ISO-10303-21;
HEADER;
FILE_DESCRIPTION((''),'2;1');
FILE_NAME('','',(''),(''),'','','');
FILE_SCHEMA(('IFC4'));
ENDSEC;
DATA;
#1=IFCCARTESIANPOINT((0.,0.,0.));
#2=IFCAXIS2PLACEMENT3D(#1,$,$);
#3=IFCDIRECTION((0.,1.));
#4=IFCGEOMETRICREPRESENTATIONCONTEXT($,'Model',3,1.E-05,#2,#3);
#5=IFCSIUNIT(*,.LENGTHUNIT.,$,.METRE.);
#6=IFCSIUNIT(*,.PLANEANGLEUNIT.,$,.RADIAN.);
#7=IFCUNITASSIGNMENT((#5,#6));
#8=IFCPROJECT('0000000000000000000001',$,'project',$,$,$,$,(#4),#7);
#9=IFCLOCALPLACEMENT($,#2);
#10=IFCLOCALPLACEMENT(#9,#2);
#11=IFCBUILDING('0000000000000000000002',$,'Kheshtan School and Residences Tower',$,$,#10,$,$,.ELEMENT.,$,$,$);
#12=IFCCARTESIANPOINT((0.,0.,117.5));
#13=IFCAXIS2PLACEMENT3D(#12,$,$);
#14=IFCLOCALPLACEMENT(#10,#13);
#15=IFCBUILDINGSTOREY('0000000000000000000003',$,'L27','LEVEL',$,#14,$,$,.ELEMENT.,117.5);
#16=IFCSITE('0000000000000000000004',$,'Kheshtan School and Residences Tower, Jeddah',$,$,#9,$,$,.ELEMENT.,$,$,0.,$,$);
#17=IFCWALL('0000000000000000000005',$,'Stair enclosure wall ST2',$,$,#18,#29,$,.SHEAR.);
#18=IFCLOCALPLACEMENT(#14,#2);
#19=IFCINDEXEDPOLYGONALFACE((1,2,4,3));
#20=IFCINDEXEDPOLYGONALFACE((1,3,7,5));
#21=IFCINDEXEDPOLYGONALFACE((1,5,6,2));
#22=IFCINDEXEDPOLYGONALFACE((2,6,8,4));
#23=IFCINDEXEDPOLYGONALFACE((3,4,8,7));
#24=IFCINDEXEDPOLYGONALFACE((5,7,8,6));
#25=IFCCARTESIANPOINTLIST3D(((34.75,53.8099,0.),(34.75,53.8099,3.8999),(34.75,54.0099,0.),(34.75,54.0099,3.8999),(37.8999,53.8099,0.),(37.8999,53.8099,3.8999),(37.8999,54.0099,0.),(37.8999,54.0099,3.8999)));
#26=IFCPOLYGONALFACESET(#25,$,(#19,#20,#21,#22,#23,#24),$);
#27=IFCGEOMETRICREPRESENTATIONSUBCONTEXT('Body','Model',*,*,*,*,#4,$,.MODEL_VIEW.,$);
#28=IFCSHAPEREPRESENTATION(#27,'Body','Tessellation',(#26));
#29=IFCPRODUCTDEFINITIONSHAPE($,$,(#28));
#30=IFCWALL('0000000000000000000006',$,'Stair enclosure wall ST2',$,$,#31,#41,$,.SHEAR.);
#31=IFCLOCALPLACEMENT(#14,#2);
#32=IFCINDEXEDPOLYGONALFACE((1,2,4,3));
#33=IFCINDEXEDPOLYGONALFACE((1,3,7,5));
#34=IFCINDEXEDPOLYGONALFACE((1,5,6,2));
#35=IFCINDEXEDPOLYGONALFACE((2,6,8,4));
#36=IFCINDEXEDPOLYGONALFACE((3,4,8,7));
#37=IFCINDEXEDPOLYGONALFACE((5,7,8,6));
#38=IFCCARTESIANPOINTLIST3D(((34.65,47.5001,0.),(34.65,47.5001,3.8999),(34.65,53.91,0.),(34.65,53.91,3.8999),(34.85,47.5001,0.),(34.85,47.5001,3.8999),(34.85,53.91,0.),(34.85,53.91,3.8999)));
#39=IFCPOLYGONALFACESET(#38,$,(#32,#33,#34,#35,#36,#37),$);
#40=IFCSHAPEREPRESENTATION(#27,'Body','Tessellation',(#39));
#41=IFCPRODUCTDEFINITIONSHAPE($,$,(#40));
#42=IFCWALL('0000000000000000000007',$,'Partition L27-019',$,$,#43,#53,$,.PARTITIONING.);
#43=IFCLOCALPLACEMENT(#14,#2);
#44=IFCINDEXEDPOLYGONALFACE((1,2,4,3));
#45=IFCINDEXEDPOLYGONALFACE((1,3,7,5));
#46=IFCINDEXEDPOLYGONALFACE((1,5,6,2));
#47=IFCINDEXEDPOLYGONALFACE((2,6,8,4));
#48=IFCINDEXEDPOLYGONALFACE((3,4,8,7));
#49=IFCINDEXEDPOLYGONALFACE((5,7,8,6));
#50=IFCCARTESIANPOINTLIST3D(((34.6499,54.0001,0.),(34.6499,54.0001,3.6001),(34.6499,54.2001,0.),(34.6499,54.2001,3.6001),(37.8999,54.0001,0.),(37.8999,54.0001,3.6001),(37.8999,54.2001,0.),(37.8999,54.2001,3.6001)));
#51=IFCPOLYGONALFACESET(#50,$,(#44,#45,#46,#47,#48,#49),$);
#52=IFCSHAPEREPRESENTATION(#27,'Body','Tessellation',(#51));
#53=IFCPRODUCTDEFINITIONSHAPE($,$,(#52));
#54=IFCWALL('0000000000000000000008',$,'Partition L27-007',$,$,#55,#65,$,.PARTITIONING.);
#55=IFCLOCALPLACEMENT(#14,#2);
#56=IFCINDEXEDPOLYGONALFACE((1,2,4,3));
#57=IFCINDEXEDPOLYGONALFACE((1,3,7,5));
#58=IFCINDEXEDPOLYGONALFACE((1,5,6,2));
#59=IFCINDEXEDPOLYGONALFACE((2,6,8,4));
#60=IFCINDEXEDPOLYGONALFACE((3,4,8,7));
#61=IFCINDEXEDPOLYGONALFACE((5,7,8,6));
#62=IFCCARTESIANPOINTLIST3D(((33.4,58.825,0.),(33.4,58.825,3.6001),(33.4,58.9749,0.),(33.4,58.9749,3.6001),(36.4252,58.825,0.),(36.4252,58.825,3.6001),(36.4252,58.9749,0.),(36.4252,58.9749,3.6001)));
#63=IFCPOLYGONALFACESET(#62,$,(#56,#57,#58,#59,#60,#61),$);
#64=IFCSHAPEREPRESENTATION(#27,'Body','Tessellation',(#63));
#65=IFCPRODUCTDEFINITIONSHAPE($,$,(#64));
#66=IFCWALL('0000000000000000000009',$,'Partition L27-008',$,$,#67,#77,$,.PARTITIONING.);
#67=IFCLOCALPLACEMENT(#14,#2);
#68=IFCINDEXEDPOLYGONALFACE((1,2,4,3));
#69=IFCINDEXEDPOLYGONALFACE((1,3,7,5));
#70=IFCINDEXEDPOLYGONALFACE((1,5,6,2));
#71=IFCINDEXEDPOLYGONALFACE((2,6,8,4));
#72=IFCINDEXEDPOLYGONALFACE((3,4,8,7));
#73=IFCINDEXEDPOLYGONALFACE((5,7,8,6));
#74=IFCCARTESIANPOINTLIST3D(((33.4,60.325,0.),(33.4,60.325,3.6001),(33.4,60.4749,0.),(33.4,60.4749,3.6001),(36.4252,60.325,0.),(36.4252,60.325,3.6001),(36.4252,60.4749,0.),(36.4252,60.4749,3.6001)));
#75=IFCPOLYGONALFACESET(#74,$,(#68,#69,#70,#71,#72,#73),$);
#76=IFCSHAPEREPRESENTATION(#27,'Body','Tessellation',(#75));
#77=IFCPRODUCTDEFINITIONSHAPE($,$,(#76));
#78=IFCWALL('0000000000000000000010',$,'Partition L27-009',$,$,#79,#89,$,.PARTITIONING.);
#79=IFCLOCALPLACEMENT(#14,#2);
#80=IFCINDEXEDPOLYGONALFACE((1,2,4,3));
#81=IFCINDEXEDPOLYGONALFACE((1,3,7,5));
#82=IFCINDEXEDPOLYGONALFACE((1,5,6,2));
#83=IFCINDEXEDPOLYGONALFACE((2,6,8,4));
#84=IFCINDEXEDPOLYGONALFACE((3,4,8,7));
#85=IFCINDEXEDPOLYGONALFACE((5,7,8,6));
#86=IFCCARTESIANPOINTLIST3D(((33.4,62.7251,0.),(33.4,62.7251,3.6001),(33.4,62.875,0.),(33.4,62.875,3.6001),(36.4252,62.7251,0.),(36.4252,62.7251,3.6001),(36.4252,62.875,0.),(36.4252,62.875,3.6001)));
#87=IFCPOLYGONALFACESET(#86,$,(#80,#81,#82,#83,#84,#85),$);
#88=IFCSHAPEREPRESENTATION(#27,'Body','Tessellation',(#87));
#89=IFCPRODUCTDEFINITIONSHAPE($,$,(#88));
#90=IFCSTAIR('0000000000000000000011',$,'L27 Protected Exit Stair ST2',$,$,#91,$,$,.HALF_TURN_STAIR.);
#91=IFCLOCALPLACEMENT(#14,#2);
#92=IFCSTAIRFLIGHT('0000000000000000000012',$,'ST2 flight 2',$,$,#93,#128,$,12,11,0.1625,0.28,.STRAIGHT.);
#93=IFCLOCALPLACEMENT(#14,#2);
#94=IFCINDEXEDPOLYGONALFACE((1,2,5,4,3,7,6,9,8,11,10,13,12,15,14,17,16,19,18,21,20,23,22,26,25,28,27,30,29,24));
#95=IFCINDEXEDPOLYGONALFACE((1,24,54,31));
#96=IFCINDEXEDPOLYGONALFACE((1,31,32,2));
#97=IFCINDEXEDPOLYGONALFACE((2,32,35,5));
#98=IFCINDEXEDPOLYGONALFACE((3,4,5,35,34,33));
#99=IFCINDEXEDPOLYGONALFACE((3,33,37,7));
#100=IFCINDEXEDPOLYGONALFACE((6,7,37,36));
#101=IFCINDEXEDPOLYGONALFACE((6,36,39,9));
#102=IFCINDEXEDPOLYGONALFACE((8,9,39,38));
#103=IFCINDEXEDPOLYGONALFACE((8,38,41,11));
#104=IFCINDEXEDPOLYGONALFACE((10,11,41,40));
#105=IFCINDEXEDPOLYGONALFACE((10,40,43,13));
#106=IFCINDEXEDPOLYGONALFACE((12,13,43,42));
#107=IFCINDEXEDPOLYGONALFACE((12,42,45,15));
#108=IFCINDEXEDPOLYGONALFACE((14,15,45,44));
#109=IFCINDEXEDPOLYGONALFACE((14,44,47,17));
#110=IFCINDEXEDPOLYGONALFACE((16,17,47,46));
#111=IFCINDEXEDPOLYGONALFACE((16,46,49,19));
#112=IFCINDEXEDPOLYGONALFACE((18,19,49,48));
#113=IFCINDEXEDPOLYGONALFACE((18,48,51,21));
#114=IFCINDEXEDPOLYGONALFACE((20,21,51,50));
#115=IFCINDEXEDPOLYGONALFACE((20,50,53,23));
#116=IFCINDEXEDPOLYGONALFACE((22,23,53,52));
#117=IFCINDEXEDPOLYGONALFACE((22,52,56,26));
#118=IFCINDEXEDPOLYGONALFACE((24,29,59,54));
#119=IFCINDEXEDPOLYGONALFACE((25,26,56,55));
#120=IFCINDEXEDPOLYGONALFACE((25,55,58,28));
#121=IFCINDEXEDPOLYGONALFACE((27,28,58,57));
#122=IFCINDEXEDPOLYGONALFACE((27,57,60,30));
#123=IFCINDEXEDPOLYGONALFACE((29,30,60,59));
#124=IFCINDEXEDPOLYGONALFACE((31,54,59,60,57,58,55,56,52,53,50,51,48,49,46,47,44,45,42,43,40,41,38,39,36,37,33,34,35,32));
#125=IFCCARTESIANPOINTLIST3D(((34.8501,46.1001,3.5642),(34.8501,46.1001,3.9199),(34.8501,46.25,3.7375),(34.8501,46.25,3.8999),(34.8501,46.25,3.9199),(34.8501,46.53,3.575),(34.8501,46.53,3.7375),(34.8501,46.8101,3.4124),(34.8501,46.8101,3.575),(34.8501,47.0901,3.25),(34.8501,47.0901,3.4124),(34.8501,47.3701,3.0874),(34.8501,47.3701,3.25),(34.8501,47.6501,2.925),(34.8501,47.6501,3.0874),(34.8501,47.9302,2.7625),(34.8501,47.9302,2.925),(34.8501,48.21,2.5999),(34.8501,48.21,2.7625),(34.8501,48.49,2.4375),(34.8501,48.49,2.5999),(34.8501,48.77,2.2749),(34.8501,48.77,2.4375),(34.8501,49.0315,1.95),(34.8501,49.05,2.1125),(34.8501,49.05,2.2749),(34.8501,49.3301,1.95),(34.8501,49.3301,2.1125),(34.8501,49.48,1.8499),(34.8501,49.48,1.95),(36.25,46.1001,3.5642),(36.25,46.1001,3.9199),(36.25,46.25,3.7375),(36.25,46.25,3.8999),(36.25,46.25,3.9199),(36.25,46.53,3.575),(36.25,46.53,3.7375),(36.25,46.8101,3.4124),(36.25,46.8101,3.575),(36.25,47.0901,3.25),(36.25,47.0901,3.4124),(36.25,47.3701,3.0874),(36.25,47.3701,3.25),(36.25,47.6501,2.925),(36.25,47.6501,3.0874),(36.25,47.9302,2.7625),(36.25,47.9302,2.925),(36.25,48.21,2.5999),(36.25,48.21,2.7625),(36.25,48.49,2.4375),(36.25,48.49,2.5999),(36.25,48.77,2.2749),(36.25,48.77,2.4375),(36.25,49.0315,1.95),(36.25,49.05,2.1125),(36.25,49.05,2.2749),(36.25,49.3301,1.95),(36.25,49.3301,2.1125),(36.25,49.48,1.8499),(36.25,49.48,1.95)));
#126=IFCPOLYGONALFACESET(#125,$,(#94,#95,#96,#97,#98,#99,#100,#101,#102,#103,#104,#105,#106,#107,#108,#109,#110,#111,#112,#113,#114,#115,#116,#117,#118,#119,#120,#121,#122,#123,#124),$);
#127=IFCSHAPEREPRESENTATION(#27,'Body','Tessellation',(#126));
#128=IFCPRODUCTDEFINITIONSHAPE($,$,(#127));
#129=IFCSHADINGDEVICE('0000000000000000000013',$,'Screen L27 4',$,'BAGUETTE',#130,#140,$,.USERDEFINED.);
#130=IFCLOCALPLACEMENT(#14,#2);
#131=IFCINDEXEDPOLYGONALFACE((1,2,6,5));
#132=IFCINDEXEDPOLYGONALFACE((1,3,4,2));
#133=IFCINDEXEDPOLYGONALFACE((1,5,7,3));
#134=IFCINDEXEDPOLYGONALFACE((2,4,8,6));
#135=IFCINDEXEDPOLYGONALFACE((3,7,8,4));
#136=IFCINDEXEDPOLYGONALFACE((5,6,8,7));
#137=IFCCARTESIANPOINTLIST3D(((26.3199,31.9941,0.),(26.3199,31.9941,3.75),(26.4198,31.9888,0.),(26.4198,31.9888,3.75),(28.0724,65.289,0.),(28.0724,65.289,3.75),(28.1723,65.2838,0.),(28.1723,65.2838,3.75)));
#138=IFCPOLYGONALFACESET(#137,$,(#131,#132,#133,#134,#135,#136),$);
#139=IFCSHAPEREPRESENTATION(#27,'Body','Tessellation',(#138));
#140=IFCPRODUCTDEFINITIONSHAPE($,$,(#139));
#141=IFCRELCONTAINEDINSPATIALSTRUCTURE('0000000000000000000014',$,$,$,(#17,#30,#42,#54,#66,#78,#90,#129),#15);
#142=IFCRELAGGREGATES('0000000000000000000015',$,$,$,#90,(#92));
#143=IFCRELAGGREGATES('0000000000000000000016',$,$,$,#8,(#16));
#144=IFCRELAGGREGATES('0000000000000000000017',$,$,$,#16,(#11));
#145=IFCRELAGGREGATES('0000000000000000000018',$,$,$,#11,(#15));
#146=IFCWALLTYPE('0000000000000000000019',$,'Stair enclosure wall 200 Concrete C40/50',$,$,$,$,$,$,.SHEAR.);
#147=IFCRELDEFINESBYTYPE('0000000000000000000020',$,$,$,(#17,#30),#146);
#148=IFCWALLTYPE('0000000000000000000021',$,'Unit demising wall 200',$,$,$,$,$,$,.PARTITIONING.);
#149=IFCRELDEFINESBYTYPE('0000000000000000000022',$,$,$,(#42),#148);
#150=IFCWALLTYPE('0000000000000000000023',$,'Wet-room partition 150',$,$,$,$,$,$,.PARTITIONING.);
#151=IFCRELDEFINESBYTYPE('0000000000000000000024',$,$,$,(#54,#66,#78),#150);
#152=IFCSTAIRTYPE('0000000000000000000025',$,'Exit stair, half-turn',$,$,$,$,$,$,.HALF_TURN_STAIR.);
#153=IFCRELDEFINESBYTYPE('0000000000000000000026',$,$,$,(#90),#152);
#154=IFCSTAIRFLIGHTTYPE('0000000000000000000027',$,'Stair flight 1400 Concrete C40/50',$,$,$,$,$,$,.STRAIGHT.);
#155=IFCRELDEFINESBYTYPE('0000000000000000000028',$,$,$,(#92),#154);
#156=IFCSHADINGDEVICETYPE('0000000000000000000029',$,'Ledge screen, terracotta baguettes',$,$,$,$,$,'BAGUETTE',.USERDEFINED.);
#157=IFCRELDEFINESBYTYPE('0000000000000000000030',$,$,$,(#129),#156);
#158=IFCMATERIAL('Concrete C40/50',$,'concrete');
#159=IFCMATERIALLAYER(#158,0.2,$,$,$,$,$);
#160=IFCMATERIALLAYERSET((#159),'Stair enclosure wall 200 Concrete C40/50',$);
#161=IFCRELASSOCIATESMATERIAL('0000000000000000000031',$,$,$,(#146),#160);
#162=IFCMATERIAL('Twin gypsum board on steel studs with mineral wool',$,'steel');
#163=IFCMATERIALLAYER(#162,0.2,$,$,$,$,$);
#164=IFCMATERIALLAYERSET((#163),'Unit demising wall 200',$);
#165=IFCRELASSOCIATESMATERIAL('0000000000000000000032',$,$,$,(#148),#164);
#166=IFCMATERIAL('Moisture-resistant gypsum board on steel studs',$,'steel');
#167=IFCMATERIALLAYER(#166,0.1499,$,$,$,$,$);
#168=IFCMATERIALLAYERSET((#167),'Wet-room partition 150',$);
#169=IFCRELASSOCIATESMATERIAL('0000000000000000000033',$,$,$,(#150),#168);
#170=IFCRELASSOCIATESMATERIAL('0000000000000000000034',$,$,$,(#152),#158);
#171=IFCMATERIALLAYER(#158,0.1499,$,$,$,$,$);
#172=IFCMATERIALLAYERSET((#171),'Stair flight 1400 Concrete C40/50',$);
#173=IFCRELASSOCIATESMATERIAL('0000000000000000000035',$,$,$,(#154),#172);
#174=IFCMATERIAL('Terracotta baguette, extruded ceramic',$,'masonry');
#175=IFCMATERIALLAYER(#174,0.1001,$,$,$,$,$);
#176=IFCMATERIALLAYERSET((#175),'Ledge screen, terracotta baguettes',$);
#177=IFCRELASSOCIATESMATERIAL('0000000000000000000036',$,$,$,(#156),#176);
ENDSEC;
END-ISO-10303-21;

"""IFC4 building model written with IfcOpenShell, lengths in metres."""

from ifc_helpers import new_model, si_unit, direction, frame, frame_2d, origin, origin_2d, place, context, subcontext, project, spatial, polyline, rectangle, outline, extrude, material, layer, layer_set, type_object, element, aggregate, save


model = new_model("IFC4")

# Units and contexts
model_context = context("Model", 3, precision=1e-05, world=origin(), true_north=direction((0.0, 1.0)))
body_context = subcontext(model_context, "Body", "Model", "MODEL_VIEW")
ifc_project = project(units=[si_unit("LENGTHUNIT", "METRE"), si_unit("PLANEANGLEUNIT", "RADIAN")], contexts=[model_context])

# Site, building, storey
site_placement = place(None, origin())
site = spatial("IfcSite", under=ifc_project, at=site_placement, Name="Kheshtan School and Residences Tower, Jeddah", CompositionType="ELEMENT", RefElevation=0.0)
building_placement = place(site_placement, origin())
building = spatial("IfcBuilding", under=site, at=building_placement, Name="Kheshtan School and Residences Tower", CompositionType="ELEMENT")
storey_placement = place(building_placement, frame((0.0, 0.0, 117.5)))
storey = spatial("IfcBuildingStorey", under=building, at=storey_placement, Name="L27", Description="LEVEL", CompositionType="ELEMENT", Elevation=117.5)

# Walls
ifc_material_1 = material(Name="Concrete C40/50", Category="concrete")
ifc_layer_1 = layer(ifc_material_1, 0.2)
ifc_layer_set_1 = layer_set([ifc_layer_1], Name="Stair enclosure wall 200 Concrete C40/50")
wall_type_1 = type_object("IfcWallType", Name="Stair enclosure wall 200 Concrete C40/50", PredefinedType="SHEAR", material=ifc_layer_set_1)
wall_1_placement = place(storey_placement, frame((34.75, 53.9099, 0.0), z_axis=(0.0, 0.0, 1.0), x_axis=(1.0, 0.0, 0.0)))
element("IfcWall", 1, at=wall_1_placement, inside=storey, type_object=wall_type_1, Name="Stair enclosure wall ST2", PredefinedType="SHEAR", context=body_context, shape_type="SweptSolid", body=[
    extrude(rectangle(XDim=3.1499, YDim=0.2, at=frame_2d((1.575, 0.0))), origin(), (0.0, 0.0, 1.0), 3.8999),
])
wall_2_placement = place(storey_placement, frame((34.75, 47.5, 0.0), z_axis=(0.0, 0.0, 1.0), x_axis=(0.0, 1.0, 0.0)))
element("IfcWall", 2, at=wall_2_placement, inside=storey, type_object=wall_type_1, Name="Stair enclosure wall ST2", PredefinedType="SHEAR", context=body_context, shape_type="SweptSolid", body=[
    extrude(rectangle(XDim=6.4099, YDim=0.2, at=frame_2d((3.2051, 0.0))), origin(), (0.0, 0.0, 1.0), 3.8999),
])
ifc_material_2 = material(Name="Twin gypsum board on steel studs with mineral wool", Category="steel")
ifc_layer_2 = layer(ifc_material_2, 0.2)
ifc_layer_set_2 = layer_set([ifc_layer_2], Name="Unit demising wall 200")
wall_type_2 = type_object("IfcWallType", Name="Unit demising wall 200", PredefinedType="PARTITIONING", material=ifc_layer_set_2)
wall_3_placement = place(storey_placement, frame((34.6499, 54.1001, 0.0), z_axis=(0.0, 0.0, 1.0), x_axis=(1.0, 0.0, 0.0)))
element("IfcWall", 3, at=wall_3_placement, inside=storey, type_object=wall_type_2, Name="Partition L27-019", PredefinedType="PARTITIONING", context=body_context, shape_type="SweptSolid", body=[
    extrude(rectangle(XDim=3.25, YDim=0.2, at=frame_2d((1.625, 0.0))), origin(), (0.0, 0.0, 1.0), 3.6001),
])
ifc_material_3 = material(Name="Moisture-resistant gypsum board on steel studs", Category="steel")
ifc_layer_3 = layer(ifc_material_3, 0.1499)
ifc_layer_set_3 = layer_set([ifc_layer_3], Name="Wet-room partition 150")
wall_type_3 = type_object("IfcWallType", Name="Wet-room partition 150", PredefinedType="PARTITIONING", material=ifc_layer_set_3)
for number, where, z_axis, x_axis, name in (
    (4, (33.3999, 58.8999, 0.0), (0.0, 0.0, 1.0), (1.0, 0.0, 0.0), "Partition L27-007"),
    (5, (33.3999, 60.3999, 0.0), (0.0, 0.0, 1.0), (1.0, 0.0, 0.0), "Partition L27-008"),
    (6, (33.3999, 62.8, 0.0), (0.0, 0.0, 1.0), (1.0, 0.0, 0.0), "Partition L27-009"),
):
    element("IfcWall", number, at=place(storey_placement, frame(where, z_axis=z_axis, x_axis=x_axis)), inside=storey, type_object=wall_type_3, Name=name, PredefinedType="PARTITIONING", context=body_context, shape_type="SweptSolid", body=[
        extrude(rectangle(XDim=3.0251, YDim=0.1499, at=frame_2d((1.5127, 0.0))), origin(), (0.0, 0.0, 1.0), 3.6001),
    ])

# Stair, stair flight
stair_type = type_object("IfcStairType", Name="Exit stair, half-turn", PredefinedType="HALF_TURN_STAIR", material=ifc_material_1)
stair_placement = place(storey_placement, origin())
stair = element("IfcStair", 7, at=stair_placement, inside=storey, type_object=stair_type, Name="L27 Protected Exit Stair ST2", PredefinedType="HALF_TURN_STAIR")
ifc_layer_4 = layer(ifc_material_1, 0.1499)
ifc_layer_set_4 = layer_set([ifc_layer_4], Name="Stair flight 1400 Concrete C40/50")
stair_flight_type = type_object("IfcStairFlightType", Name="Stair flight 1400 Concrete C40/50", PredefinedType="STRAIGHT", material=ifc_layer_set_4)
stair_flight_placement = place(storey_placement, frame((35.55, 49.3301, 1.95), z_axis=(0.0, 0.0, 1.0), x_axis=(0.0, -1.0, 0.0)))
stair_flight = element("IfcStairFlight", 8, at=stair_flight_placement, type_object=stair_flight_type, Name="ST2 flight 2", NumberOfRisers=12, NumberOfTreads=11, PredefinedType="STRAIGHT", RiserHeight=0.1625, TreadLength=0.28, context=body_context, shape_type="SweptSolid", body=[
    extrude(outline(polyline([(-0.1499, -0.1001), (-0.1499, 0.0), (0.0, 0.0), (0.0, 0.1626), (0.28, 0.1626), (0.28, 0.325), (0.5601, 0.325), (0.5601, 0.4875), (0.8401, 0.4875), (0.8401, 0.6499), (1.1201, 0.6499), (1.1201, 0.8125), (1.3999, 0.8125), (1.3999, 0.9751), (1.6799, 0.9751), (1.6799, 1.1375), (1.96, 1.1375), (1.96, 1.3), (2.24, 1.3), (2.24, 1.4624), (2.52, 1.4624), (2.52, 1.625), (2.8, 1.625), (2.8, 1.7876), (3.0801, 1.7876), (3.0801, 1.95), (3.0801, 1.97), (3.23, 1.97), (3.23, 1.6143), (0.2986, 0.0), (-0.1499, -0.1001)])), frame((0.0, 0.7, 0.0), z_axis=(0.0, -1.0, 0.0), x_axis=(1.0, 0.0, 0.0)), (0.0, 0.0, 1.0), 1.3999),
])
aggregate(stair, [stair_flight])

# Shading device
ifc_material_4 = material(Name="Terracotta baguette, extruded ceramic", Category="masonry")
ifc_layer_5 = layer(ifc_material_4, 0.1001)
ifc_layer_set_5 = layer_set([ifc_layer_5], Name="Ledge screen, terracotta baguettes")
shading_device_type = type_object("IfcShadingDeviceType", Name="Ledge screen, terracotta baguettes", ElementType="BAGUETTE", PredefinedType="USERDEFINED", material=ifc_layer_set_5)
shading_device_placement = place(storey_placement, frame((27.2461, 48.6389, 0.0), z_axis=(0.0, 0.0, 1.0), x_axis=(0.052563, 0.998618, 0.0)))
element("IfcShadingDevice", 9, at=shading_device_placement, inside=storey, type_object=shading_device_type, Name="Screen L27 4", ObjectType="BAGUETTE", PredefinedType="USERDEFINED", context=body_context, shape_type="SweptSolid", body=[
    extrude(rectangle(XDim=33.3411, YDim=0.1001, at=origin_2d()), origin(), (0.0, 0.0, 1.0), 3.75),
])

save(model, "model.ifc")
